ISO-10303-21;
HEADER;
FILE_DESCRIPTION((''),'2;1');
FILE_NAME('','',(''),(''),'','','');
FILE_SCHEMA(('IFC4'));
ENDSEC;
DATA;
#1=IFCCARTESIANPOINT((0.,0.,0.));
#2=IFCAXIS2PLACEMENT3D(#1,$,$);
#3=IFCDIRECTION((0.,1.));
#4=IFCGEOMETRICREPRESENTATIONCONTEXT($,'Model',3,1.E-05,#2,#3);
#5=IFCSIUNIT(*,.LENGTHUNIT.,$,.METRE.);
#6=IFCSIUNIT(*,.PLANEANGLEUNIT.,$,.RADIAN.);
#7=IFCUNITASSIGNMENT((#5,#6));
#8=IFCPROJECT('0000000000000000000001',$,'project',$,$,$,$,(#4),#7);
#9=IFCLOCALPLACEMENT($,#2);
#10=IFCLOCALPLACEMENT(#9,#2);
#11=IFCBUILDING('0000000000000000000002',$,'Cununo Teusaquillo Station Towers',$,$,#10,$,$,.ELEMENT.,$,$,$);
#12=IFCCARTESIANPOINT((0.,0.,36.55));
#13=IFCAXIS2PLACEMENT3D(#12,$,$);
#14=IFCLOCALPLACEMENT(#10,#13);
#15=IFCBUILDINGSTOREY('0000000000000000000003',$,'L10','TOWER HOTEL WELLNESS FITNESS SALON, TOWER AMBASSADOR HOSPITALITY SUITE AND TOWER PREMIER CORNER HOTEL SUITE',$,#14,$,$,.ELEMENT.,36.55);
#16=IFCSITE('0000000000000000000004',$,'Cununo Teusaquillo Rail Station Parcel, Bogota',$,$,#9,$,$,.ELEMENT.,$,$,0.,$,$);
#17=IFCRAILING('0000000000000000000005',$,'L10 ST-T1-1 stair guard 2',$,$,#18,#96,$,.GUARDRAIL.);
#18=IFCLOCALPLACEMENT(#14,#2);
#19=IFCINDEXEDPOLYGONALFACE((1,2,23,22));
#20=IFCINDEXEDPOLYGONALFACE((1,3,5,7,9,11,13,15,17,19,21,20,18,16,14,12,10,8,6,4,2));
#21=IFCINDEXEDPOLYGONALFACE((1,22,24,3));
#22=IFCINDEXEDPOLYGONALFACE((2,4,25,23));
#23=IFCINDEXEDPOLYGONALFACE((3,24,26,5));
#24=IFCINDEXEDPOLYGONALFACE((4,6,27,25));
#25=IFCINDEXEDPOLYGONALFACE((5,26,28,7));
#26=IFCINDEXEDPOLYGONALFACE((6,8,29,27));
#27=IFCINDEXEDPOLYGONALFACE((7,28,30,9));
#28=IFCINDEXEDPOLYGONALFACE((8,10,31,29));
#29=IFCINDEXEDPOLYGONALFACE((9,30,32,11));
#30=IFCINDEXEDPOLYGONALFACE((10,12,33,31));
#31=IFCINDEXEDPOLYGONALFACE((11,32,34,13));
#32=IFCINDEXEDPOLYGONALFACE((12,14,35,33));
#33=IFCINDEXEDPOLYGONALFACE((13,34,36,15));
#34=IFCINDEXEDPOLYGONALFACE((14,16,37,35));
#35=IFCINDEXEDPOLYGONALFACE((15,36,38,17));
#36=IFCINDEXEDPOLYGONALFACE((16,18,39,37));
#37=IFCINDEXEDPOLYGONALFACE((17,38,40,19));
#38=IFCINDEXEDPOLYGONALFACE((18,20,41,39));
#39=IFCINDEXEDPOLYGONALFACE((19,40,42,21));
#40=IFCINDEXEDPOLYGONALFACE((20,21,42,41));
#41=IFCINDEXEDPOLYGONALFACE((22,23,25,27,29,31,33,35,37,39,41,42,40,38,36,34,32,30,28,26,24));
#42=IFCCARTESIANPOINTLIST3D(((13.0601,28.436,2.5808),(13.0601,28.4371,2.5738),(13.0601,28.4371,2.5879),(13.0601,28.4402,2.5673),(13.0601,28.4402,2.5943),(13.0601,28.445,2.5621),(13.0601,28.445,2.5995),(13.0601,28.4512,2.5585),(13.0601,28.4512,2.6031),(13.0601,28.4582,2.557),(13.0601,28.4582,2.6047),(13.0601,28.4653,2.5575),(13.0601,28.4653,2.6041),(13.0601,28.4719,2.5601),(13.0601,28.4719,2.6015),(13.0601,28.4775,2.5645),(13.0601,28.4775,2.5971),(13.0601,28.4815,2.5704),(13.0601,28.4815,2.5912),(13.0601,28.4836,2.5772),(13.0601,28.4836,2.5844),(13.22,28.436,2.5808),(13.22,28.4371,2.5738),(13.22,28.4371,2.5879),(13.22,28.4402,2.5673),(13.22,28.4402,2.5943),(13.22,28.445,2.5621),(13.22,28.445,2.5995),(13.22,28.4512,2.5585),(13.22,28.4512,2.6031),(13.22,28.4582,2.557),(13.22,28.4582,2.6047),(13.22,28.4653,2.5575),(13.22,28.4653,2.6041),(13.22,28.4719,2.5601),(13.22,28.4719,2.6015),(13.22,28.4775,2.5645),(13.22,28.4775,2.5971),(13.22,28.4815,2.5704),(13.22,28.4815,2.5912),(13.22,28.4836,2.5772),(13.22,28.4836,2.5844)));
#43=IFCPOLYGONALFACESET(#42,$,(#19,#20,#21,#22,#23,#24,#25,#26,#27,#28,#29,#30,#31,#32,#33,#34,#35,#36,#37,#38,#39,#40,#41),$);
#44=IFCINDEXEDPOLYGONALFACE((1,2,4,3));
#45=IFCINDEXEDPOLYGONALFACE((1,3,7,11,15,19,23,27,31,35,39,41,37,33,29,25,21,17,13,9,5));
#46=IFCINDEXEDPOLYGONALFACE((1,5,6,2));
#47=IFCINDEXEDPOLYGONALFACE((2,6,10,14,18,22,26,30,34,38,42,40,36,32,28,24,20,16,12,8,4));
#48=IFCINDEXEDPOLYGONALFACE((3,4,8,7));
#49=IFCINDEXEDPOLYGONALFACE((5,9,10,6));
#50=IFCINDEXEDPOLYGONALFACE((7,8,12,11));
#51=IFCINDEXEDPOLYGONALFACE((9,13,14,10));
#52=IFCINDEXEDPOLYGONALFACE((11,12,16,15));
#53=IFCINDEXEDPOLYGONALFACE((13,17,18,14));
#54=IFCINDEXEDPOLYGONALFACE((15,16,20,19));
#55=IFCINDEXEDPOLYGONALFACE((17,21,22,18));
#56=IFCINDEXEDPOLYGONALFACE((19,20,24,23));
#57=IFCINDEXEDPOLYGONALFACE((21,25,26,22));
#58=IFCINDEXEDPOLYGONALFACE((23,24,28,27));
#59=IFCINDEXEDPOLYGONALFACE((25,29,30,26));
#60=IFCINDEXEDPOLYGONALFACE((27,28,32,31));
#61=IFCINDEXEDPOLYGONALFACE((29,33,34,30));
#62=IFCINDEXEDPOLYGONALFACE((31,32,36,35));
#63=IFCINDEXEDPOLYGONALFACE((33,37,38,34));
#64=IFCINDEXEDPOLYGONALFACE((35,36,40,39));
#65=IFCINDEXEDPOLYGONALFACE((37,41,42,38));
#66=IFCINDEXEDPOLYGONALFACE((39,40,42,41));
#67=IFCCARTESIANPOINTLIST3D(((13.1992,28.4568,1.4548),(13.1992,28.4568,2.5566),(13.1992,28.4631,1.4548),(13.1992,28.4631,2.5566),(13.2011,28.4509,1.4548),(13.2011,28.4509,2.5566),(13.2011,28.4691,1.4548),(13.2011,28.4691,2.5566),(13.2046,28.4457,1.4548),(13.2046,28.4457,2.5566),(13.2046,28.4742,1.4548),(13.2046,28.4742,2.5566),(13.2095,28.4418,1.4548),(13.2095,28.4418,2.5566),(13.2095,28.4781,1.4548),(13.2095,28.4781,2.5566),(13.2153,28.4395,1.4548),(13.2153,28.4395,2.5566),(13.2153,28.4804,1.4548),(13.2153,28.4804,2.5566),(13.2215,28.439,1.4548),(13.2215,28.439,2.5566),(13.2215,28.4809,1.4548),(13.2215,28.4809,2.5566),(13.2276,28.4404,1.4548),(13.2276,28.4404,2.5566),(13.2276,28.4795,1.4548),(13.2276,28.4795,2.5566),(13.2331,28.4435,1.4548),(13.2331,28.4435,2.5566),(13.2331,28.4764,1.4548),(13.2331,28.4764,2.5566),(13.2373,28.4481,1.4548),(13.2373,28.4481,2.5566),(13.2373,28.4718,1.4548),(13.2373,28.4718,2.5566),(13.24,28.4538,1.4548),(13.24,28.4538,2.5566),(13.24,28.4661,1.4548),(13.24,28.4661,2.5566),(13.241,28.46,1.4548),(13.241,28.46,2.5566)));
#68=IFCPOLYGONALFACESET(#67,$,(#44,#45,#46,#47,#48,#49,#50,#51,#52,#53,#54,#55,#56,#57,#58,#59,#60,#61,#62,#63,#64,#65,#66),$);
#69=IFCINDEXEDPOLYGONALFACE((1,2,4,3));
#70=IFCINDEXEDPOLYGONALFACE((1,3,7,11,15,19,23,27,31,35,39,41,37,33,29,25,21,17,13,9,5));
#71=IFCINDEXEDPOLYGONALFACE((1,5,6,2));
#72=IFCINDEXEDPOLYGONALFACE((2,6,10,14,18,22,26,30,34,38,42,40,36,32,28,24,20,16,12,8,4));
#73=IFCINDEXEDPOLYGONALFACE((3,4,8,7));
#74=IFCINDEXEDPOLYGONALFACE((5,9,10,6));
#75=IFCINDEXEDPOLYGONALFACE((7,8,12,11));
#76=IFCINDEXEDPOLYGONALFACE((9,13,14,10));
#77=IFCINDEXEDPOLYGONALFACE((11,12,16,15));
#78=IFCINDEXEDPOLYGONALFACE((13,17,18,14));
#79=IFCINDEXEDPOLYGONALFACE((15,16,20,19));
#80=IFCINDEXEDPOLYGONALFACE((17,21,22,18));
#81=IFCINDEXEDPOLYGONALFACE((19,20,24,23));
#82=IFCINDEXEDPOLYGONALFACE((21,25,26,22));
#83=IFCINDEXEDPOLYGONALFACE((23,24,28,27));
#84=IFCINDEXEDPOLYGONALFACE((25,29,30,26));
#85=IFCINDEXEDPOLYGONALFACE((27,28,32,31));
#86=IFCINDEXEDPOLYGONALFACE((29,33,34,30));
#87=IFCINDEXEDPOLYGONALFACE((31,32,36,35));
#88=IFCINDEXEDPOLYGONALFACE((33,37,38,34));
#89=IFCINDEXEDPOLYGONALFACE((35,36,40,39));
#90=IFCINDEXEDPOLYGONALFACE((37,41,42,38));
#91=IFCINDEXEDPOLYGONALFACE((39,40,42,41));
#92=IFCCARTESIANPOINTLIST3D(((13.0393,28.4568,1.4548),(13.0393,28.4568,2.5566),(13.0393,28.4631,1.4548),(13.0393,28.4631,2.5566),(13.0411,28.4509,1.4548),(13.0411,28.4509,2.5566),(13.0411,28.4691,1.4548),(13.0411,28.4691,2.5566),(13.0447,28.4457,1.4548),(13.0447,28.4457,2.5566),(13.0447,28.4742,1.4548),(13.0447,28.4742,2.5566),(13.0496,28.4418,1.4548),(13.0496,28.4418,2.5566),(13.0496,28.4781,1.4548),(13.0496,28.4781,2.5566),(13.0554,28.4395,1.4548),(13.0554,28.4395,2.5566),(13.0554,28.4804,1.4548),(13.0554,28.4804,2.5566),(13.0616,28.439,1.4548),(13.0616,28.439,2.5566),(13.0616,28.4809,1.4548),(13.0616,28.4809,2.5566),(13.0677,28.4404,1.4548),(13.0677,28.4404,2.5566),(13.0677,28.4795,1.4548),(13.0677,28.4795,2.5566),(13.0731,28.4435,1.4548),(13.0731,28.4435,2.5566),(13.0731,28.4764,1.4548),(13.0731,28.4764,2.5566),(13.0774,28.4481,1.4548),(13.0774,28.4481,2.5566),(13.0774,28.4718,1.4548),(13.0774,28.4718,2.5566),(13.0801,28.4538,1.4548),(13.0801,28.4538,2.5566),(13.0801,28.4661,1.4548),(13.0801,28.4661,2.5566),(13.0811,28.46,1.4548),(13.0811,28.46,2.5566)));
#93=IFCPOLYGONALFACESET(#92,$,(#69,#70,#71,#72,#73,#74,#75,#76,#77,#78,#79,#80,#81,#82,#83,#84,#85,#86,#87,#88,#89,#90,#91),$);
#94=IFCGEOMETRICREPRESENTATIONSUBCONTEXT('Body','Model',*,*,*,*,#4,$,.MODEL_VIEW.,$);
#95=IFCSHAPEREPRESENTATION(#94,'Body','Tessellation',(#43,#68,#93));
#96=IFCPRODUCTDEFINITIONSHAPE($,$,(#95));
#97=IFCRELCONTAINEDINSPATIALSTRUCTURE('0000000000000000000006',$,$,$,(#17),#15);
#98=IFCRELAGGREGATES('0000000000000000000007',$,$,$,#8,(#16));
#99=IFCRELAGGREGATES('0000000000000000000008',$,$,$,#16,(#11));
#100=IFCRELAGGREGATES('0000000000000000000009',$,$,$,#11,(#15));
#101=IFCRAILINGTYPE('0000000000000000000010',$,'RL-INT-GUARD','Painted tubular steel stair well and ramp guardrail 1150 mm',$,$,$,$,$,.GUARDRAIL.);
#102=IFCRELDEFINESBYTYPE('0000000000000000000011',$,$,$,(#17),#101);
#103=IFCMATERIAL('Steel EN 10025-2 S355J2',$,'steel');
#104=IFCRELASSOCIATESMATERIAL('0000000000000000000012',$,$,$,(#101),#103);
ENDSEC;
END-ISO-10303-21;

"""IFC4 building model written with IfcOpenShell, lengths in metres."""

from ifc_helpers import new_model, si_unit, direction, frame, origin, origin_2d, place, context, subcontext, project, spatial, circle, extrude, material, type_object, element, save


model = new_model("IFC4")

# Units and contexts
model_context = context("Model", 3, precision=1e-05, world=origin(), true_north=direction((0.0, 1.0)))
body_context = subcontext(model_context, "Body", "Model", "MODEL_VIEW")
ifc_project = project(units=[si_unit("LENGTHUNIT", "METRE"), si_unit("PLANEANGLEUNIT", "RADIAN")], contexts=[model_context])

# Site, building, storey
site_placement = place(None, origin())
site = spatial("IfcSite", under=ifc_project, at=site_placement, Name="Cununo Teusaquillo Rail Station Parcel, Bogota", CompositionType="ELEMENT", RefElevation=0.0)
building_placement = place(site_placement, origin())
building = spatial("IfcBuilding", under=site, at=building_placement, Name="Cununo Teusaquillo Station Towers", CompositionType="ELEMENT")
storey_placement = place(building_placement, frame((0.0, 0.0, 36.55)))
storey = spatial("IfcBuildingStorey", under=building, at=storey_placement, Name="L10", Description="TOWER HOTEL WELLNESS FITNESS SALON, TOWER AMBASSADOR HOSPITALITY SUITE AND TOWER PREMIER CORNER HOTEL SUITE", CompositionType="ELEMENT", Elevation=36.55)

# Railing
ifc_material_1 = material(Name="Steel EN 10025-2 S355J2", Category="steel")
railing_type_1 = type_object("IfcRailingType", Name="RL-INT-GUARD", Description="Painted tubular steel stair well and ramp guardrail 1150 mm", PredefinedType="GUARDRAIL", material=ifc_material_1)
railing_1_placement = place(storey_placement, frame((13.22, 28.46, 1.4548)))
element("IfcRailing", 1, at=railing_1_placement, inside=storey, type_object=railing_type_1, Name="L10 ST-T1-1 stair guard 2", PredefinedType="GUARDRAIL", context=body_context, shape_type="SweptSolid", body=[
    extrude(circle(Radius=0.0239, at=origin_2d()), frame((0.0, 0.0, 1.126), z_axis=(-1.0, 0.0, 0.0), x_axis=(0.0, -1.0, 0.0)), (0.0, 0.0, 1.0), 0.1599),
    extrude(circle(Radius=0.021, at=origin_2d()), origin(), (0.0, 0.0, 1.0), 1.1018),
    extrude(circle(Radius=0.021, at=origin_2d()), frame((-0.1599, 0.0, 0.0)), (0.0, 0.0, 1.0), 1.1018),
])

save(model, "model.ifc")
